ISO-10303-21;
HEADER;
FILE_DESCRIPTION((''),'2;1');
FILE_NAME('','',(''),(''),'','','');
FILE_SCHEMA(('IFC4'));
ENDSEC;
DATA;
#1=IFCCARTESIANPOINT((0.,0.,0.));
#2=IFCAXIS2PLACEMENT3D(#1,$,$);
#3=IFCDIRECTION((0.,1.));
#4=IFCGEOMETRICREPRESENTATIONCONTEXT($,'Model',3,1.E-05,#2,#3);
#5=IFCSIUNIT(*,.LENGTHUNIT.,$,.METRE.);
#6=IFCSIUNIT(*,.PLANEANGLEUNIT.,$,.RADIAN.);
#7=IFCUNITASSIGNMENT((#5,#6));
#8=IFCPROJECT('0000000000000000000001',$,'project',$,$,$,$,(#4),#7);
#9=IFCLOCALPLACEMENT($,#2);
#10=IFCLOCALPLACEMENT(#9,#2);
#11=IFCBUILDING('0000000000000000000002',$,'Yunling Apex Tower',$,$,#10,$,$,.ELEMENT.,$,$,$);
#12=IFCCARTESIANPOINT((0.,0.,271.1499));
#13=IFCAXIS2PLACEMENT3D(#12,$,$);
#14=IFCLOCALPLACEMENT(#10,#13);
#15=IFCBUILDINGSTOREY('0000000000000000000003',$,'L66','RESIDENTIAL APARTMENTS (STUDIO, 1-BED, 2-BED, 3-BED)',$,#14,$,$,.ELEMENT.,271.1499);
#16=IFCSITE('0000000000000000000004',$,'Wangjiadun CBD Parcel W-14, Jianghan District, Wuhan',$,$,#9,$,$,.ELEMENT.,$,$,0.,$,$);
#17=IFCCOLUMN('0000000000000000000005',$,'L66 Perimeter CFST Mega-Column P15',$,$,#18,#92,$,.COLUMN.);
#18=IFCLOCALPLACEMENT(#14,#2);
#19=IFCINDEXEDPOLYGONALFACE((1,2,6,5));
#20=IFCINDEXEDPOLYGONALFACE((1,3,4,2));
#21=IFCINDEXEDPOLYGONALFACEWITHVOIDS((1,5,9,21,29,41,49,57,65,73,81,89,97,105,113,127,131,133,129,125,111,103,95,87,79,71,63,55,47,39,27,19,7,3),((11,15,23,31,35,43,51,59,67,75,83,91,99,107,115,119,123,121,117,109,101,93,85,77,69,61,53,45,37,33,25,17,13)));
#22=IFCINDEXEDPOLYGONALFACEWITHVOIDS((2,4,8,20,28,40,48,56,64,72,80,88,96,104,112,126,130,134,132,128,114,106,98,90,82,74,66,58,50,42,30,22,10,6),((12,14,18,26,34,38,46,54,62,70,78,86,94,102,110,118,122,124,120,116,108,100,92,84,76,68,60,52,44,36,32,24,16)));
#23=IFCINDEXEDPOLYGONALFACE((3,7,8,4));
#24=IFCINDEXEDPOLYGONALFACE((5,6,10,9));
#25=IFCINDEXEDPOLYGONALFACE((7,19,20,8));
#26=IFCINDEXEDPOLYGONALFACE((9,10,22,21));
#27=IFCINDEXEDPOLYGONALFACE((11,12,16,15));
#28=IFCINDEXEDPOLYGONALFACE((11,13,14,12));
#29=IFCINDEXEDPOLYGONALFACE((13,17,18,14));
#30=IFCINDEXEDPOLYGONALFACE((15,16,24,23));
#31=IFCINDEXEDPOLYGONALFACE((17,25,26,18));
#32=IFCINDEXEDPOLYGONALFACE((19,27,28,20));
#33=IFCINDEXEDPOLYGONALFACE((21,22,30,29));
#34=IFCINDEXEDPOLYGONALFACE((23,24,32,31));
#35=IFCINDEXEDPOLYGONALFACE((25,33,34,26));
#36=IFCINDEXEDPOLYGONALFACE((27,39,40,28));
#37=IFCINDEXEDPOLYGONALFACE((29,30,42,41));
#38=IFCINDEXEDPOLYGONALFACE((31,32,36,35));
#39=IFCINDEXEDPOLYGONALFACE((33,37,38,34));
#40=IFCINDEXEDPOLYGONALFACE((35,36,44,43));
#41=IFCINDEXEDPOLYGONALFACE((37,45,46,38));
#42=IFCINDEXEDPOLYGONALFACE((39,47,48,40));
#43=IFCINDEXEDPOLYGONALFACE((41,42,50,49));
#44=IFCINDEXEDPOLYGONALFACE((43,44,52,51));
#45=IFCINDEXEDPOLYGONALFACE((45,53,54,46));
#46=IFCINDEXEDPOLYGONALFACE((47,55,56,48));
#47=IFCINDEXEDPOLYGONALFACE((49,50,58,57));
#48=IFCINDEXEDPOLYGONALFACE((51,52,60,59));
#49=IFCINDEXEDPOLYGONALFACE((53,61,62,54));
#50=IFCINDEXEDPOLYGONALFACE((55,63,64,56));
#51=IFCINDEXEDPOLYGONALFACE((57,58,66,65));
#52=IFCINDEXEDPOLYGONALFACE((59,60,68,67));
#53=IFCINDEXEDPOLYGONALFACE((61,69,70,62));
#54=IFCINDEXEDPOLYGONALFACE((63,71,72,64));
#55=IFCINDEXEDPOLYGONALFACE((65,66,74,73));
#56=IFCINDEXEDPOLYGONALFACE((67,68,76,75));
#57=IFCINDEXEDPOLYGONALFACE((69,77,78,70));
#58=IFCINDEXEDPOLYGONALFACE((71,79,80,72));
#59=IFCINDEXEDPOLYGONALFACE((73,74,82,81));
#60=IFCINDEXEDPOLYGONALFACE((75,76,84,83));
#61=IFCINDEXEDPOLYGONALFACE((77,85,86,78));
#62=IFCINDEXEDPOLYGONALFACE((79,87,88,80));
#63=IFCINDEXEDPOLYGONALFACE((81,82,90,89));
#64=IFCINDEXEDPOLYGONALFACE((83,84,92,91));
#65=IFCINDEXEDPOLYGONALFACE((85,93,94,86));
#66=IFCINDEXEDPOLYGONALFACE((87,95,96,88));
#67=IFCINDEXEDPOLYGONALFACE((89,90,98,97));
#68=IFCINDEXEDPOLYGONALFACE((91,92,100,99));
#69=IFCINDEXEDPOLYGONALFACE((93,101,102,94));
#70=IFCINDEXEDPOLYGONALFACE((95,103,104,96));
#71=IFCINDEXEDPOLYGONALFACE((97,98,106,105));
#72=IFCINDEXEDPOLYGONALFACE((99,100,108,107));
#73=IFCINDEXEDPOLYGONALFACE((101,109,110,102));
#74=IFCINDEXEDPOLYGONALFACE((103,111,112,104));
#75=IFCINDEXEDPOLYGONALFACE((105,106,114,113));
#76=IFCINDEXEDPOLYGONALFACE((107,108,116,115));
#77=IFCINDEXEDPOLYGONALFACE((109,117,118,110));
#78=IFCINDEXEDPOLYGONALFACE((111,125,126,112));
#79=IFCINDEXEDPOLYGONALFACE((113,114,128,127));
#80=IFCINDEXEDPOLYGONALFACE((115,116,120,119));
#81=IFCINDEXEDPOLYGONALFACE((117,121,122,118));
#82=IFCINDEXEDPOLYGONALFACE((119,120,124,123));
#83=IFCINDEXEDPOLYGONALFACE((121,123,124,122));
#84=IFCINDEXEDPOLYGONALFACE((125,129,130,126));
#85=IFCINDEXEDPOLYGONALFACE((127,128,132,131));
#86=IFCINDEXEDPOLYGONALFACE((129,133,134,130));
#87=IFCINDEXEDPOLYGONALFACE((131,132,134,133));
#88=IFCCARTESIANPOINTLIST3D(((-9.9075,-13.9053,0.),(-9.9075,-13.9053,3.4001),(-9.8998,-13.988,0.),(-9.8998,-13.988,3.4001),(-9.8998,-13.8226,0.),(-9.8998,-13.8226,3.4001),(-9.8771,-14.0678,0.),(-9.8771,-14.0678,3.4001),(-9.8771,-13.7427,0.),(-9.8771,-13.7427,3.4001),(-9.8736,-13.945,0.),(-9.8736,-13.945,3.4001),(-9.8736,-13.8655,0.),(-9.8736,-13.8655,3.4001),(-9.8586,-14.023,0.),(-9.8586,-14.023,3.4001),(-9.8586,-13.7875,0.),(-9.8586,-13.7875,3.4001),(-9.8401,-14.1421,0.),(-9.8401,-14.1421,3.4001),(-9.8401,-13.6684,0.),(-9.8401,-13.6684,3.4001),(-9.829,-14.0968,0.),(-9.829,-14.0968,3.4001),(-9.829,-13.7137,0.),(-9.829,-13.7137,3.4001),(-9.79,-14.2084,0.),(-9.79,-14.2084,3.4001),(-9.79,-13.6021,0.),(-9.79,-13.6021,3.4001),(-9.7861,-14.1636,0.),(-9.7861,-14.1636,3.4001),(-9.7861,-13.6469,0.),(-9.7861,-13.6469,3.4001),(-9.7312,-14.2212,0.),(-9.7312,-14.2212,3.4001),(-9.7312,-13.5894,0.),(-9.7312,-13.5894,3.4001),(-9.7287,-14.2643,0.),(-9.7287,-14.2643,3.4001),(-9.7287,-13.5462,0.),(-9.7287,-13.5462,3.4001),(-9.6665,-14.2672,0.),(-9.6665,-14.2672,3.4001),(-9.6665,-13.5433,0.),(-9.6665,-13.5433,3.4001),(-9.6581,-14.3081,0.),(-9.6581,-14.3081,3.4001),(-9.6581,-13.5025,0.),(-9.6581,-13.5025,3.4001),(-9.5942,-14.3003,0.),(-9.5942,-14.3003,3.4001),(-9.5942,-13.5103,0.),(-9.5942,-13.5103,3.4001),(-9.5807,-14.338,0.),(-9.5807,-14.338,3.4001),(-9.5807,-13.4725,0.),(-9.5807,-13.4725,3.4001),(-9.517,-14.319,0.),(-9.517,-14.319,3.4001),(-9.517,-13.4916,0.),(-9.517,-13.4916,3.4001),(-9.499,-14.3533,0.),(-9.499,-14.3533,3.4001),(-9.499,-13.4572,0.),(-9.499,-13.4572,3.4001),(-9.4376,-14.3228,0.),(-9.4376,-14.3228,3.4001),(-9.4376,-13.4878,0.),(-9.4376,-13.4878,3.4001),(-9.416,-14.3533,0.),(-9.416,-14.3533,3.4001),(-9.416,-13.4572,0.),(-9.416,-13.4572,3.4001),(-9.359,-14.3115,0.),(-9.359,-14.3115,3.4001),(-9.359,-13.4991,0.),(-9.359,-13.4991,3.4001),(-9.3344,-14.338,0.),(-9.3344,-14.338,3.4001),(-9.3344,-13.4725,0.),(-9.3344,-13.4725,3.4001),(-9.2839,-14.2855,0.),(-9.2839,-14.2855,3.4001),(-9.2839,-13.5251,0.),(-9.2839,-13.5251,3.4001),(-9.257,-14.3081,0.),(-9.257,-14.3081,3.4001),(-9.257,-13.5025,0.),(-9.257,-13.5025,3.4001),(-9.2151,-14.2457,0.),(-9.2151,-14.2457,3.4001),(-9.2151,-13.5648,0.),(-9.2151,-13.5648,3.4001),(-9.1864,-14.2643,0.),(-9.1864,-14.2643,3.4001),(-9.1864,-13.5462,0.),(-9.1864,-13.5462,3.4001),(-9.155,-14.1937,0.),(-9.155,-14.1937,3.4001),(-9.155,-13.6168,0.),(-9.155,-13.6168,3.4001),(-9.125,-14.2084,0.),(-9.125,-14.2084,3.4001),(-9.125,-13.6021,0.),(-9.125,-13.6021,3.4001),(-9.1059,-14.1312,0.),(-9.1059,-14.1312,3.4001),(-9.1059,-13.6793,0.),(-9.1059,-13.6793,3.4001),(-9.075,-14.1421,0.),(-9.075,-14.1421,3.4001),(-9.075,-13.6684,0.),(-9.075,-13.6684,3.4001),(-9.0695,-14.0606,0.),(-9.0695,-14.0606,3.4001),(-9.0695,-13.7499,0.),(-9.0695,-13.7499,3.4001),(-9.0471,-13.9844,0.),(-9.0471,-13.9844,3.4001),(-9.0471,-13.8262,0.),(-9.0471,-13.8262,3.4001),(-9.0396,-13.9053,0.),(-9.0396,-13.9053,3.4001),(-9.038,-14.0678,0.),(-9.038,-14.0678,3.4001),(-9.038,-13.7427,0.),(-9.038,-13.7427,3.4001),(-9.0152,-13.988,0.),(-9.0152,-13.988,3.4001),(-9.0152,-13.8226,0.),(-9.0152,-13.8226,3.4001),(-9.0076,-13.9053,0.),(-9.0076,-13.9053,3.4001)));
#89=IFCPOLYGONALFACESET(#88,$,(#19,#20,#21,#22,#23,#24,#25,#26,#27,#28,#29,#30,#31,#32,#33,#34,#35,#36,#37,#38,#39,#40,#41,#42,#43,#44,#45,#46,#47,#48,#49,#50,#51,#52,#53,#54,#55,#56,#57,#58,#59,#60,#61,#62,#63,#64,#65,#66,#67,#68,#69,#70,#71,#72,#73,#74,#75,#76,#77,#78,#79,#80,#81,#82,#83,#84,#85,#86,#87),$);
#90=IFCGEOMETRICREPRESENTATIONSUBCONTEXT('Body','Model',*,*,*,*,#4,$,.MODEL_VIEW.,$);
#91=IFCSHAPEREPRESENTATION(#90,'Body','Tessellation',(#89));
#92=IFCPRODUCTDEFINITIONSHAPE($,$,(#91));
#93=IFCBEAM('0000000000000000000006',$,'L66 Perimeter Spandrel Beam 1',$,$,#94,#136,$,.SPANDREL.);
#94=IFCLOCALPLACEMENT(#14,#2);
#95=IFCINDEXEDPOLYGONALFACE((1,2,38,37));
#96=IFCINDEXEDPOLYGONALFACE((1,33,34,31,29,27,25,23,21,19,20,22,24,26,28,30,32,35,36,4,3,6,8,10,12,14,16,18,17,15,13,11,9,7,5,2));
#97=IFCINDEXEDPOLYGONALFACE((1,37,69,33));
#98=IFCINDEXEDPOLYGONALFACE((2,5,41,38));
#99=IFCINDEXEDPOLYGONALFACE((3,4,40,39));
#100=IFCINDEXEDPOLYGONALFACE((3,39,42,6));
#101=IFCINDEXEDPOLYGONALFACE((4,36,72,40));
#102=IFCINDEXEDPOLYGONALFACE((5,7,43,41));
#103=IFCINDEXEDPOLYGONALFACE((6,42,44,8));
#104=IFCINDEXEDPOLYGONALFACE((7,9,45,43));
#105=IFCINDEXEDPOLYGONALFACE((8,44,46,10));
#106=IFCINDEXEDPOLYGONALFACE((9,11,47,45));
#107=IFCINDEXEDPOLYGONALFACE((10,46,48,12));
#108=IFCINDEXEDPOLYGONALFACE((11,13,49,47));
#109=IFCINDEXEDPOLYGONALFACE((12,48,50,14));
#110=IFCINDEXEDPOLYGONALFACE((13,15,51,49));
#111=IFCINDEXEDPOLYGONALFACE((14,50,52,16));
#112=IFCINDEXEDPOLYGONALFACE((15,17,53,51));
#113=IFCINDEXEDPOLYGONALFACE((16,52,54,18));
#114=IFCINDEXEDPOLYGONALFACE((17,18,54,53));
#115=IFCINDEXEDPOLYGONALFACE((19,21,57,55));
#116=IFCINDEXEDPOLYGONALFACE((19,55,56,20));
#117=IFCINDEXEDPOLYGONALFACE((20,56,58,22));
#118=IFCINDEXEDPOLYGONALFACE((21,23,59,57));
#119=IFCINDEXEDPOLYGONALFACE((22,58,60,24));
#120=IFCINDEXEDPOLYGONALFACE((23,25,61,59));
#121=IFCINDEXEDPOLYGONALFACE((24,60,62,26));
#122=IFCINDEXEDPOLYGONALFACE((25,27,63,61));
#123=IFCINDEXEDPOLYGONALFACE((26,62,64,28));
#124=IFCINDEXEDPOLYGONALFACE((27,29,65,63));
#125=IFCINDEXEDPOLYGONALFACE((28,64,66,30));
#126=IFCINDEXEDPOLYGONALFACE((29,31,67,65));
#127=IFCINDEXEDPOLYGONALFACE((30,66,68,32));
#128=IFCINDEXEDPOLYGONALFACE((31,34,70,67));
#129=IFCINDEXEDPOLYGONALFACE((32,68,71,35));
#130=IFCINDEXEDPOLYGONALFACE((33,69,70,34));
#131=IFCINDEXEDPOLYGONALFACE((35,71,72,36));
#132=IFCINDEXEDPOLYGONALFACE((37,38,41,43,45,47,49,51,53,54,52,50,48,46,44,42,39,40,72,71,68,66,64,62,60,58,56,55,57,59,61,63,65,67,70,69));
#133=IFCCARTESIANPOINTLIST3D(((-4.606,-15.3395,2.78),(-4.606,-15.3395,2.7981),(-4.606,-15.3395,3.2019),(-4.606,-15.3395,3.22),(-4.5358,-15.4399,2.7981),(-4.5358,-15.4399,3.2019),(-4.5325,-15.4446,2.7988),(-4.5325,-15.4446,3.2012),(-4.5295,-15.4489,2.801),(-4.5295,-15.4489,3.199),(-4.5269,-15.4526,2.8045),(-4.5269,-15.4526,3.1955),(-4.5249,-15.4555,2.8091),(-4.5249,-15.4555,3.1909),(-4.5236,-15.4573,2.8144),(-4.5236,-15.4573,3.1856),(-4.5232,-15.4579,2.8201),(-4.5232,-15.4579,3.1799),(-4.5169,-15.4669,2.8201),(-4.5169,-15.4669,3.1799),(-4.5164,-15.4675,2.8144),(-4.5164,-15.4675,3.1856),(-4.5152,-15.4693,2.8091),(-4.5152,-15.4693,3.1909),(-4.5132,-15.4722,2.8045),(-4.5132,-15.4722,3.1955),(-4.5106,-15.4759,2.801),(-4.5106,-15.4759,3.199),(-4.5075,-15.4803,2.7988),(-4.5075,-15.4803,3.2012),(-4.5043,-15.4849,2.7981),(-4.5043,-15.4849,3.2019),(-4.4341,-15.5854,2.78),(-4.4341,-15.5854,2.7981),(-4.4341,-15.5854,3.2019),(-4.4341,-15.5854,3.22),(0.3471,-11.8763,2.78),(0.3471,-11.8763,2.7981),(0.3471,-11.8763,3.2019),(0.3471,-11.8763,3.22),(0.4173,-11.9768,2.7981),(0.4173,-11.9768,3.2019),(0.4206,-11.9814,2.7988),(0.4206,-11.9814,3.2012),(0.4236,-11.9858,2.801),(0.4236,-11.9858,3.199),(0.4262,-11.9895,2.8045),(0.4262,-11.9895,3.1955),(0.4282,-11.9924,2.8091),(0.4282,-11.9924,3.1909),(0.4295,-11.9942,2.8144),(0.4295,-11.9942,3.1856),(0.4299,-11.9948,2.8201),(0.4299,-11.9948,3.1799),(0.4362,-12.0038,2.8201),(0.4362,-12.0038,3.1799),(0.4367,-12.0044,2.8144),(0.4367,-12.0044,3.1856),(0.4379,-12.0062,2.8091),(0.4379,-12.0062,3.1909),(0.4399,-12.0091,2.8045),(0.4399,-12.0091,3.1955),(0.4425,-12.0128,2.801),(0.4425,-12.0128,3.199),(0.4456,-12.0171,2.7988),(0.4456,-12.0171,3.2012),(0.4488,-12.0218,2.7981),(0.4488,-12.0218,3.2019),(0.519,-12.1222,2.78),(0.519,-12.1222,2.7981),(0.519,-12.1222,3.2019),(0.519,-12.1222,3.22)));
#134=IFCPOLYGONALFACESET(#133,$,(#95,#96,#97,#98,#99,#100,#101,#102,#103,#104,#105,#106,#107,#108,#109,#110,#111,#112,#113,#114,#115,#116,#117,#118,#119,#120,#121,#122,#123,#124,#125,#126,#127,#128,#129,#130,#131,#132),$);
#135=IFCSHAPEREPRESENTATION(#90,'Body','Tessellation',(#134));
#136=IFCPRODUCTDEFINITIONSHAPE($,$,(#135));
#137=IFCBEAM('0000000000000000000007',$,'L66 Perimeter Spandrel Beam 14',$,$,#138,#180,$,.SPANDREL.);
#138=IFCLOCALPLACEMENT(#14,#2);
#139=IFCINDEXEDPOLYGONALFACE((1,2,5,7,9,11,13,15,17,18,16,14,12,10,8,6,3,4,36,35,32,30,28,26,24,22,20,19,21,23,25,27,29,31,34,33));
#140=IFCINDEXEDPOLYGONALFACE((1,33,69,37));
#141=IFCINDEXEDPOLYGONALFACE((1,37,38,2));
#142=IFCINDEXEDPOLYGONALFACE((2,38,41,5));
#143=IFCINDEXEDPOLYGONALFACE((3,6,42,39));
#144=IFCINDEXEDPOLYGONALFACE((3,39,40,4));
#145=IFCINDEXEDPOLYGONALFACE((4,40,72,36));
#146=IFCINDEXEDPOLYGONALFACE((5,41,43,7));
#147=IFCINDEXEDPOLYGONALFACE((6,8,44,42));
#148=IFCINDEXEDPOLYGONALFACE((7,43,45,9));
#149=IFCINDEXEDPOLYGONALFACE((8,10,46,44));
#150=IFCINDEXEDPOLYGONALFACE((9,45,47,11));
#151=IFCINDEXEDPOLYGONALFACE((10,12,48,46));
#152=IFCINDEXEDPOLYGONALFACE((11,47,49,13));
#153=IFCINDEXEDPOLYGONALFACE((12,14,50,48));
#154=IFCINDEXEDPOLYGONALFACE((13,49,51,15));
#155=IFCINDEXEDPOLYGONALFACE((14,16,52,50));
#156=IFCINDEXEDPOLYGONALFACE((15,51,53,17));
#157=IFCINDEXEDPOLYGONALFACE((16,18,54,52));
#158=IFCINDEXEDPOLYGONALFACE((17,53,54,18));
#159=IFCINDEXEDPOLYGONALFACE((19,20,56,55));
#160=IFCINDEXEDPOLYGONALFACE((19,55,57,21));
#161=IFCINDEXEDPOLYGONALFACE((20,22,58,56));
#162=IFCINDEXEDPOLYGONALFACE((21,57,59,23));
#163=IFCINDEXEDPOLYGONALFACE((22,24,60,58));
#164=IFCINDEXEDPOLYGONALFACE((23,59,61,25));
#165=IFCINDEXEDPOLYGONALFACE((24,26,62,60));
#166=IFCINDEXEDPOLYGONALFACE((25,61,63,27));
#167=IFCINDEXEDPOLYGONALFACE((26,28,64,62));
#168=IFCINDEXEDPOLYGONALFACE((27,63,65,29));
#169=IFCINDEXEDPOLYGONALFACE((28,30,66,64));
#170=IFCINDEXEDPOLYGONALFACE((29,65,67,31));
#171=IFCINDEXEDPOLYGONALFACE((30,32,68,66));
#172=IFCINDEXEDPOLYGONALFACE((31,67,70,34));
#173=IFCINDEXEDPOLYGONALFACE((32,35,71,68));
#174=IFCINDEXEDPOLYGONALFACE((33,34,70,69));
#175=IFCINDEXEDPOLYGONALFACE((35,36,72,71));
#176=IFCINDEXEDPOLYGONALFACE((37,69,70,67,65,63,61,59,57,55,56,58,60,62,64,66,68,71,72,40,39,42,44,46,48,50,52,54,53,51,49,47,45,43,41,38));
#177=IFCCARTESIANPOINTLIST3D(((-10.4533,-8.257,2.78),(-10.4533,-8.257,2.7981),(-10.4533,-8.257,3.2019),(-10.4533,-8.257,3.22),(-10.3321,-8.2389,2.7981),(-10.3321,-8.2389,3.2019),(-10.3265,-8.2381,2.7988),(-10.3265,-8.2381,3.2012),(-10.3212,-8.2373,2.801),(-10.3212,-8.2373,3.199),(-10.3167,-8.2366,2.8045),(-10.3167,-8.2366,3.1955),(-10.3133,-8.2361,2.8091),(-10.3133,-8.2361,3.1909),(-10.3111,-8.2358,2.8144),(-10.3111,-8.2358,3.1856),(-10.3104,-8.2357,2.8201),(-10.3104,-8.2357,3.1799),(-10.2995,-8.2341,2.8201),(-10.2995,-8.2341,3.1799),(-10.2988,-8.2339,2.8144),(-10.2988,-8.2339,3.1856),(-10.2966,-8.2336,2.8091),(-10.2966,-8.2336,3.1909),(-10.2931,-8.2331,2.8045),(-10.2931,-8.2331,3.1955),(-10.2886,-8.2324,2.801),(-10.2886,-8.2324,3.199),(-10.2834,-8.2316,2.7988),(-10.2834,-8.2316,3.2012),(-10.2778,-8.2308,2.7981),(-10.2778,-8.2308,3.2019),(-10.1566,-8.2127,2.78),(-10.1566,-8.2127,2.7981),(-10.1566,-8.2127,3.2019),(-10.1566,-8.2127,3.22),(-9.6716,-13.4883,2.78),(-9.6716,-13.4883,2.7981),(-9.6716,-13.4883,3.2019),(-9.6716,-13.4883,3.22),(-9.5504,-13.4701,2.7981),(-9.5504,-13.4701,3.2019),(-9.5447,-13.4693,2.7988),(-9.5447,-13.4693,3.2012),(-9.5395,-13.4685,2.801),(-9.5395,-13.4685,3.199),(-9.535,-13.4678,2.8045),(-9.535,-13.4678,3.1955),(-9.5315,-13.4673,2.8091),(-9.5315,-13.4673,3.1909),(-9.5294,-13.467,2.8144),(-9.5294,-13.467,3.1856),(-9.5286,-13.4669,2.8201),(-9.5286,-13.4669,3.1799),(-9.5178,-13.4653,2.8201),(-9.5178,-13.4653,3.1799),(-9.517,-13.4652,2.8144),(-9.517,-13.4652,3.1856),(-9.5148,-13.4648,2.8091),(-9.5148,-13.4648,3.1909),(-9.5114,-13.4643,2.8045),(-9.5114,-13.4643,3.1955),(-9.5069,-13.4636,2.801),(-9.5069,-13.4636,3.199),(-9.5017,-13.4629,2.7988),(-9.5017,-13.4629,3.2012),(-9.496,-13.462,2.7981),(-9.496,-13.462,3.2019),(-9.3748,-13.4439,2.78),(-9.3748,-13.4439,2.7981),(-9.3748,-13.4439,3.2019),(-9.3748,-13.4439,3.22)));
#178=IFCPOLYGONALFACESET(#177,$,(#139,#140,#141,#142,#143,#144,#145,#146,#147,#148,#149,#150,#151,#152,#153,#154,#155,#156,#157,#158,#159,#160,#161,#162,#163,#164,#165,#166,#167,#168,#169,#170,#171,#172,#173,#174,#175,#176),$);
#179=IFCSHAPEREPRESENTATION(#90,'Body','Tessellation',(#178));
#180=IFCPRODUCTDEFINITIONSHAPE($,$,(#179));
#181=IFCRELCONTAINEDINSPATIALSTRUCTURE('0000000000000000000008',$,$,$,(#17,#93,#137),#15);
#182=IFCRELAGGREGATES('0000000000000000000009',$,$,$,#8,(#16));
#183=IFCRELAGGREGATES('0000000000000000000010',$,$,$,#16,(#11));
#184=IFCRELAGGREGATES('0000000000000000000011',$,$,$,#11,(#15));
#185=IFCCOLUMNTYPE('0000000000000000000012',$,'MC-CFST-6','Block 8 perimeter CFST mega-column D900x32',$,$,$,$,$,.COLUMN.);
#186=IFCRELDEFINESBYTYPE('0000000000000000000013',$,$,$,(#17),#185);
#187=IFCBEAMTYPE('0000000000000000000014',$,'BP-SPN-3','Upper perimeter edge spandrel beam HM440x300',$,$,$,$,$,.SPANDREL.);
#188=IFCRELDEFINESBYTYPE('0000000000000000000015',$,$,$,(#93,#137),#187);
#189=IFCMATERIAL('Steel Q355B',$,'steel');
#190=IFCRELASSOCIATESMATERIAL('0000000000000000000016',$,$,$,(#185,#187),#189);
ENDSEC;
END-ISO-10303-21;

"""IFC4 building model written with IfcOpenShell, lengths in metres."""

from ifc_helpers import new_model, si_unit, direction, frame, origin, origin_2d, place, context, subcontext, project, spatial, hollow_circle, i_section, extrude, source, transform, mapped, material, material_profile, profile_set, type_object, element, save


model = new_model("IFC4")

# Units and contexts
model_context = context("Model", 3, precision=1e-05, world=origin(), true_north=direction((0.0, 1.0)))
body_context = subcontext(model_context, "Body", "Model", "MODEL_VIEW")
ifc_project = project(units=[si_unit("LENGTHUNIT", "METRE"), si_unit("PLANEANGLEUNIT", "RADIAN")], contexts=[model_context])

# Site, building, storey
site_placement = place(None, origin())
site = spatial("IfcSite", under=ifc_project, at=site_placement, Name="Wangjiadun CBD Parcel W-14, Jianghan District, Wuhan", CompositionType="ELEMENT", RefElevation=0.0)
building_placement = place(site_placement, origin())
building = spatial("IfcBuilding", under=site, at=building_placement, Name="Yunling Apex Tower", CompositionType="ELEMENT")
storey_placement = place(building_placement, frame((0.0, 0.0, 271.1499)))
storey = spatial("IfcBuildingStorey", under=building, at=storey_placement, Name="L66", Description="RESIDENTIAL APARTMENTS (STUDIO, 1-BED, 2-BED, 3-BED)", CompositionType="ELEMENT", Elevation=271.1499)

# Column
ifc_material_1 = material(Name="Steel Q355B", Category="steel")
ifc_material_profile_1 = material_profile(ifc_material_1, hollow_circle(Radius=0.45, WallThickness=0.032, at=origin_2d()))
ifc_profile_set_1 = profile_set([ifc_material_profile_1], Name="Steel Q355B")
column_type = type_object("IfcColumnType", Name="MC-CFST-6", Description="Block 8 perimeter CFST mega-column D900x32", PredefinedType="COLUMN", material=ifc_profile_set_1)
shared_shape_1 = source(origin(), body_context, "Body", "SweptSolid", [
    extrude(hollow_circle(Radius=0.45, WallThickness=0.032, at=origin_2d()), origin(), (0.0, 0.0, 1.0), 3.4001),
])
for number, where, z_axis, x_axis, name in (
    (1, (-9.4575, -13.9053, 0.0), (0.0, 0.0, 1.0), (1.0, 0.0, 0.0), "L66 Perimeter CFST Mega-Column P15"),
):
    element("IfcColumn", number, at=place(storey_placement, frame(where, z_axis=z_axis, x_axis=x_axis)), inside=storey, type_object=column_type, Name=name, PredefinedType="COLUMN", context=body_context, shape_type="MappedRepresentation", body=[
        mapped(shared_shape_1, transform((0.0, 0.0, 0.0), scale=1.0)),
    ])

# Beams
ifc_material_profile_2 = material_profile(ifc_material_1, i_section(OverallWidth=0.3, OverallDepth=0.4399, WebThickness=0.011, FlangeThickness=0.0181, FilletRadius=0.022, at=origin_2d()))
ifc_profile_set_2 = profile_set([ifc_material_profile_2], Name="Steel Q355B")
beam_type_1 = type_object("IfcBeamType", Name="BP-SPN-3", Description="Upper perimeter edge spandrel beam HM440x300", PredefinedType="SPANDREL", material=ifc_profile_set_2)
shared_shape_2 = source(origin(), body_context, "Body", "SweptSolid", [
    extrude(i_section(OverallWidth=0.3, OverallDepth=0.4399, WebThickness=0.011, FlangeThickness=0.0181, FilletRadius=0.022, at=origin_2d()), origin(), (0.0, 0.0, 1.0), 6.0437),
])
beam_1_placement = place(storey_placement, frame((-4.52, -15.4624, 3.0), z_axis=(0.819547, 0.573012, 0.0), x_axis=(-0.573012, 0.819547, 0.0)))
element("IfcBeam", 2, at=beam_1_placement, inside=storey, type_object=beam_type_1, Name="L66 Perimeter Spandrel Beam 1", PredefinedType="SPANDREL", context=body_context, shape_type="MappedRepresentation", body=[
    mapped(shared_shape_2, transform((0.0, 0.0, 0.0), scale=1.0)),
])
shared_shape_3 = source(origin(), body_context, "Body", "SweptSolid", [
    extrude(i_section(OverallWidth=0.3, OverallDepth=0.4399, WebThickness=0.011, FlangeThickness=0.0181, FilletRadius=0.022, at=origin_2d()), origin(), (0.0, 0.0, 1.0), 5.2893),
])
beam_2_placement = place(storey_placement, frame((-10.3049, -8.2349, 3.0), z_axis=(0.147796, -0.989018, 0.0), x_axis=(0.989018, 0.147796, 0.0)))
element("IfcBeam", 3, at=beam_2_placement, inside=storey, type_object=beam_type_1, Name="L66 Perimeter Spandrel Beam 14", PredefinedType="SPANDREL", context=body_context, shape_type="MappedRepresentation", body=[
    mapped(shared_shape_3, transform((0.0, 0.0, 0.0), scale=1.0)),
])

save(model, "model.ifc")
